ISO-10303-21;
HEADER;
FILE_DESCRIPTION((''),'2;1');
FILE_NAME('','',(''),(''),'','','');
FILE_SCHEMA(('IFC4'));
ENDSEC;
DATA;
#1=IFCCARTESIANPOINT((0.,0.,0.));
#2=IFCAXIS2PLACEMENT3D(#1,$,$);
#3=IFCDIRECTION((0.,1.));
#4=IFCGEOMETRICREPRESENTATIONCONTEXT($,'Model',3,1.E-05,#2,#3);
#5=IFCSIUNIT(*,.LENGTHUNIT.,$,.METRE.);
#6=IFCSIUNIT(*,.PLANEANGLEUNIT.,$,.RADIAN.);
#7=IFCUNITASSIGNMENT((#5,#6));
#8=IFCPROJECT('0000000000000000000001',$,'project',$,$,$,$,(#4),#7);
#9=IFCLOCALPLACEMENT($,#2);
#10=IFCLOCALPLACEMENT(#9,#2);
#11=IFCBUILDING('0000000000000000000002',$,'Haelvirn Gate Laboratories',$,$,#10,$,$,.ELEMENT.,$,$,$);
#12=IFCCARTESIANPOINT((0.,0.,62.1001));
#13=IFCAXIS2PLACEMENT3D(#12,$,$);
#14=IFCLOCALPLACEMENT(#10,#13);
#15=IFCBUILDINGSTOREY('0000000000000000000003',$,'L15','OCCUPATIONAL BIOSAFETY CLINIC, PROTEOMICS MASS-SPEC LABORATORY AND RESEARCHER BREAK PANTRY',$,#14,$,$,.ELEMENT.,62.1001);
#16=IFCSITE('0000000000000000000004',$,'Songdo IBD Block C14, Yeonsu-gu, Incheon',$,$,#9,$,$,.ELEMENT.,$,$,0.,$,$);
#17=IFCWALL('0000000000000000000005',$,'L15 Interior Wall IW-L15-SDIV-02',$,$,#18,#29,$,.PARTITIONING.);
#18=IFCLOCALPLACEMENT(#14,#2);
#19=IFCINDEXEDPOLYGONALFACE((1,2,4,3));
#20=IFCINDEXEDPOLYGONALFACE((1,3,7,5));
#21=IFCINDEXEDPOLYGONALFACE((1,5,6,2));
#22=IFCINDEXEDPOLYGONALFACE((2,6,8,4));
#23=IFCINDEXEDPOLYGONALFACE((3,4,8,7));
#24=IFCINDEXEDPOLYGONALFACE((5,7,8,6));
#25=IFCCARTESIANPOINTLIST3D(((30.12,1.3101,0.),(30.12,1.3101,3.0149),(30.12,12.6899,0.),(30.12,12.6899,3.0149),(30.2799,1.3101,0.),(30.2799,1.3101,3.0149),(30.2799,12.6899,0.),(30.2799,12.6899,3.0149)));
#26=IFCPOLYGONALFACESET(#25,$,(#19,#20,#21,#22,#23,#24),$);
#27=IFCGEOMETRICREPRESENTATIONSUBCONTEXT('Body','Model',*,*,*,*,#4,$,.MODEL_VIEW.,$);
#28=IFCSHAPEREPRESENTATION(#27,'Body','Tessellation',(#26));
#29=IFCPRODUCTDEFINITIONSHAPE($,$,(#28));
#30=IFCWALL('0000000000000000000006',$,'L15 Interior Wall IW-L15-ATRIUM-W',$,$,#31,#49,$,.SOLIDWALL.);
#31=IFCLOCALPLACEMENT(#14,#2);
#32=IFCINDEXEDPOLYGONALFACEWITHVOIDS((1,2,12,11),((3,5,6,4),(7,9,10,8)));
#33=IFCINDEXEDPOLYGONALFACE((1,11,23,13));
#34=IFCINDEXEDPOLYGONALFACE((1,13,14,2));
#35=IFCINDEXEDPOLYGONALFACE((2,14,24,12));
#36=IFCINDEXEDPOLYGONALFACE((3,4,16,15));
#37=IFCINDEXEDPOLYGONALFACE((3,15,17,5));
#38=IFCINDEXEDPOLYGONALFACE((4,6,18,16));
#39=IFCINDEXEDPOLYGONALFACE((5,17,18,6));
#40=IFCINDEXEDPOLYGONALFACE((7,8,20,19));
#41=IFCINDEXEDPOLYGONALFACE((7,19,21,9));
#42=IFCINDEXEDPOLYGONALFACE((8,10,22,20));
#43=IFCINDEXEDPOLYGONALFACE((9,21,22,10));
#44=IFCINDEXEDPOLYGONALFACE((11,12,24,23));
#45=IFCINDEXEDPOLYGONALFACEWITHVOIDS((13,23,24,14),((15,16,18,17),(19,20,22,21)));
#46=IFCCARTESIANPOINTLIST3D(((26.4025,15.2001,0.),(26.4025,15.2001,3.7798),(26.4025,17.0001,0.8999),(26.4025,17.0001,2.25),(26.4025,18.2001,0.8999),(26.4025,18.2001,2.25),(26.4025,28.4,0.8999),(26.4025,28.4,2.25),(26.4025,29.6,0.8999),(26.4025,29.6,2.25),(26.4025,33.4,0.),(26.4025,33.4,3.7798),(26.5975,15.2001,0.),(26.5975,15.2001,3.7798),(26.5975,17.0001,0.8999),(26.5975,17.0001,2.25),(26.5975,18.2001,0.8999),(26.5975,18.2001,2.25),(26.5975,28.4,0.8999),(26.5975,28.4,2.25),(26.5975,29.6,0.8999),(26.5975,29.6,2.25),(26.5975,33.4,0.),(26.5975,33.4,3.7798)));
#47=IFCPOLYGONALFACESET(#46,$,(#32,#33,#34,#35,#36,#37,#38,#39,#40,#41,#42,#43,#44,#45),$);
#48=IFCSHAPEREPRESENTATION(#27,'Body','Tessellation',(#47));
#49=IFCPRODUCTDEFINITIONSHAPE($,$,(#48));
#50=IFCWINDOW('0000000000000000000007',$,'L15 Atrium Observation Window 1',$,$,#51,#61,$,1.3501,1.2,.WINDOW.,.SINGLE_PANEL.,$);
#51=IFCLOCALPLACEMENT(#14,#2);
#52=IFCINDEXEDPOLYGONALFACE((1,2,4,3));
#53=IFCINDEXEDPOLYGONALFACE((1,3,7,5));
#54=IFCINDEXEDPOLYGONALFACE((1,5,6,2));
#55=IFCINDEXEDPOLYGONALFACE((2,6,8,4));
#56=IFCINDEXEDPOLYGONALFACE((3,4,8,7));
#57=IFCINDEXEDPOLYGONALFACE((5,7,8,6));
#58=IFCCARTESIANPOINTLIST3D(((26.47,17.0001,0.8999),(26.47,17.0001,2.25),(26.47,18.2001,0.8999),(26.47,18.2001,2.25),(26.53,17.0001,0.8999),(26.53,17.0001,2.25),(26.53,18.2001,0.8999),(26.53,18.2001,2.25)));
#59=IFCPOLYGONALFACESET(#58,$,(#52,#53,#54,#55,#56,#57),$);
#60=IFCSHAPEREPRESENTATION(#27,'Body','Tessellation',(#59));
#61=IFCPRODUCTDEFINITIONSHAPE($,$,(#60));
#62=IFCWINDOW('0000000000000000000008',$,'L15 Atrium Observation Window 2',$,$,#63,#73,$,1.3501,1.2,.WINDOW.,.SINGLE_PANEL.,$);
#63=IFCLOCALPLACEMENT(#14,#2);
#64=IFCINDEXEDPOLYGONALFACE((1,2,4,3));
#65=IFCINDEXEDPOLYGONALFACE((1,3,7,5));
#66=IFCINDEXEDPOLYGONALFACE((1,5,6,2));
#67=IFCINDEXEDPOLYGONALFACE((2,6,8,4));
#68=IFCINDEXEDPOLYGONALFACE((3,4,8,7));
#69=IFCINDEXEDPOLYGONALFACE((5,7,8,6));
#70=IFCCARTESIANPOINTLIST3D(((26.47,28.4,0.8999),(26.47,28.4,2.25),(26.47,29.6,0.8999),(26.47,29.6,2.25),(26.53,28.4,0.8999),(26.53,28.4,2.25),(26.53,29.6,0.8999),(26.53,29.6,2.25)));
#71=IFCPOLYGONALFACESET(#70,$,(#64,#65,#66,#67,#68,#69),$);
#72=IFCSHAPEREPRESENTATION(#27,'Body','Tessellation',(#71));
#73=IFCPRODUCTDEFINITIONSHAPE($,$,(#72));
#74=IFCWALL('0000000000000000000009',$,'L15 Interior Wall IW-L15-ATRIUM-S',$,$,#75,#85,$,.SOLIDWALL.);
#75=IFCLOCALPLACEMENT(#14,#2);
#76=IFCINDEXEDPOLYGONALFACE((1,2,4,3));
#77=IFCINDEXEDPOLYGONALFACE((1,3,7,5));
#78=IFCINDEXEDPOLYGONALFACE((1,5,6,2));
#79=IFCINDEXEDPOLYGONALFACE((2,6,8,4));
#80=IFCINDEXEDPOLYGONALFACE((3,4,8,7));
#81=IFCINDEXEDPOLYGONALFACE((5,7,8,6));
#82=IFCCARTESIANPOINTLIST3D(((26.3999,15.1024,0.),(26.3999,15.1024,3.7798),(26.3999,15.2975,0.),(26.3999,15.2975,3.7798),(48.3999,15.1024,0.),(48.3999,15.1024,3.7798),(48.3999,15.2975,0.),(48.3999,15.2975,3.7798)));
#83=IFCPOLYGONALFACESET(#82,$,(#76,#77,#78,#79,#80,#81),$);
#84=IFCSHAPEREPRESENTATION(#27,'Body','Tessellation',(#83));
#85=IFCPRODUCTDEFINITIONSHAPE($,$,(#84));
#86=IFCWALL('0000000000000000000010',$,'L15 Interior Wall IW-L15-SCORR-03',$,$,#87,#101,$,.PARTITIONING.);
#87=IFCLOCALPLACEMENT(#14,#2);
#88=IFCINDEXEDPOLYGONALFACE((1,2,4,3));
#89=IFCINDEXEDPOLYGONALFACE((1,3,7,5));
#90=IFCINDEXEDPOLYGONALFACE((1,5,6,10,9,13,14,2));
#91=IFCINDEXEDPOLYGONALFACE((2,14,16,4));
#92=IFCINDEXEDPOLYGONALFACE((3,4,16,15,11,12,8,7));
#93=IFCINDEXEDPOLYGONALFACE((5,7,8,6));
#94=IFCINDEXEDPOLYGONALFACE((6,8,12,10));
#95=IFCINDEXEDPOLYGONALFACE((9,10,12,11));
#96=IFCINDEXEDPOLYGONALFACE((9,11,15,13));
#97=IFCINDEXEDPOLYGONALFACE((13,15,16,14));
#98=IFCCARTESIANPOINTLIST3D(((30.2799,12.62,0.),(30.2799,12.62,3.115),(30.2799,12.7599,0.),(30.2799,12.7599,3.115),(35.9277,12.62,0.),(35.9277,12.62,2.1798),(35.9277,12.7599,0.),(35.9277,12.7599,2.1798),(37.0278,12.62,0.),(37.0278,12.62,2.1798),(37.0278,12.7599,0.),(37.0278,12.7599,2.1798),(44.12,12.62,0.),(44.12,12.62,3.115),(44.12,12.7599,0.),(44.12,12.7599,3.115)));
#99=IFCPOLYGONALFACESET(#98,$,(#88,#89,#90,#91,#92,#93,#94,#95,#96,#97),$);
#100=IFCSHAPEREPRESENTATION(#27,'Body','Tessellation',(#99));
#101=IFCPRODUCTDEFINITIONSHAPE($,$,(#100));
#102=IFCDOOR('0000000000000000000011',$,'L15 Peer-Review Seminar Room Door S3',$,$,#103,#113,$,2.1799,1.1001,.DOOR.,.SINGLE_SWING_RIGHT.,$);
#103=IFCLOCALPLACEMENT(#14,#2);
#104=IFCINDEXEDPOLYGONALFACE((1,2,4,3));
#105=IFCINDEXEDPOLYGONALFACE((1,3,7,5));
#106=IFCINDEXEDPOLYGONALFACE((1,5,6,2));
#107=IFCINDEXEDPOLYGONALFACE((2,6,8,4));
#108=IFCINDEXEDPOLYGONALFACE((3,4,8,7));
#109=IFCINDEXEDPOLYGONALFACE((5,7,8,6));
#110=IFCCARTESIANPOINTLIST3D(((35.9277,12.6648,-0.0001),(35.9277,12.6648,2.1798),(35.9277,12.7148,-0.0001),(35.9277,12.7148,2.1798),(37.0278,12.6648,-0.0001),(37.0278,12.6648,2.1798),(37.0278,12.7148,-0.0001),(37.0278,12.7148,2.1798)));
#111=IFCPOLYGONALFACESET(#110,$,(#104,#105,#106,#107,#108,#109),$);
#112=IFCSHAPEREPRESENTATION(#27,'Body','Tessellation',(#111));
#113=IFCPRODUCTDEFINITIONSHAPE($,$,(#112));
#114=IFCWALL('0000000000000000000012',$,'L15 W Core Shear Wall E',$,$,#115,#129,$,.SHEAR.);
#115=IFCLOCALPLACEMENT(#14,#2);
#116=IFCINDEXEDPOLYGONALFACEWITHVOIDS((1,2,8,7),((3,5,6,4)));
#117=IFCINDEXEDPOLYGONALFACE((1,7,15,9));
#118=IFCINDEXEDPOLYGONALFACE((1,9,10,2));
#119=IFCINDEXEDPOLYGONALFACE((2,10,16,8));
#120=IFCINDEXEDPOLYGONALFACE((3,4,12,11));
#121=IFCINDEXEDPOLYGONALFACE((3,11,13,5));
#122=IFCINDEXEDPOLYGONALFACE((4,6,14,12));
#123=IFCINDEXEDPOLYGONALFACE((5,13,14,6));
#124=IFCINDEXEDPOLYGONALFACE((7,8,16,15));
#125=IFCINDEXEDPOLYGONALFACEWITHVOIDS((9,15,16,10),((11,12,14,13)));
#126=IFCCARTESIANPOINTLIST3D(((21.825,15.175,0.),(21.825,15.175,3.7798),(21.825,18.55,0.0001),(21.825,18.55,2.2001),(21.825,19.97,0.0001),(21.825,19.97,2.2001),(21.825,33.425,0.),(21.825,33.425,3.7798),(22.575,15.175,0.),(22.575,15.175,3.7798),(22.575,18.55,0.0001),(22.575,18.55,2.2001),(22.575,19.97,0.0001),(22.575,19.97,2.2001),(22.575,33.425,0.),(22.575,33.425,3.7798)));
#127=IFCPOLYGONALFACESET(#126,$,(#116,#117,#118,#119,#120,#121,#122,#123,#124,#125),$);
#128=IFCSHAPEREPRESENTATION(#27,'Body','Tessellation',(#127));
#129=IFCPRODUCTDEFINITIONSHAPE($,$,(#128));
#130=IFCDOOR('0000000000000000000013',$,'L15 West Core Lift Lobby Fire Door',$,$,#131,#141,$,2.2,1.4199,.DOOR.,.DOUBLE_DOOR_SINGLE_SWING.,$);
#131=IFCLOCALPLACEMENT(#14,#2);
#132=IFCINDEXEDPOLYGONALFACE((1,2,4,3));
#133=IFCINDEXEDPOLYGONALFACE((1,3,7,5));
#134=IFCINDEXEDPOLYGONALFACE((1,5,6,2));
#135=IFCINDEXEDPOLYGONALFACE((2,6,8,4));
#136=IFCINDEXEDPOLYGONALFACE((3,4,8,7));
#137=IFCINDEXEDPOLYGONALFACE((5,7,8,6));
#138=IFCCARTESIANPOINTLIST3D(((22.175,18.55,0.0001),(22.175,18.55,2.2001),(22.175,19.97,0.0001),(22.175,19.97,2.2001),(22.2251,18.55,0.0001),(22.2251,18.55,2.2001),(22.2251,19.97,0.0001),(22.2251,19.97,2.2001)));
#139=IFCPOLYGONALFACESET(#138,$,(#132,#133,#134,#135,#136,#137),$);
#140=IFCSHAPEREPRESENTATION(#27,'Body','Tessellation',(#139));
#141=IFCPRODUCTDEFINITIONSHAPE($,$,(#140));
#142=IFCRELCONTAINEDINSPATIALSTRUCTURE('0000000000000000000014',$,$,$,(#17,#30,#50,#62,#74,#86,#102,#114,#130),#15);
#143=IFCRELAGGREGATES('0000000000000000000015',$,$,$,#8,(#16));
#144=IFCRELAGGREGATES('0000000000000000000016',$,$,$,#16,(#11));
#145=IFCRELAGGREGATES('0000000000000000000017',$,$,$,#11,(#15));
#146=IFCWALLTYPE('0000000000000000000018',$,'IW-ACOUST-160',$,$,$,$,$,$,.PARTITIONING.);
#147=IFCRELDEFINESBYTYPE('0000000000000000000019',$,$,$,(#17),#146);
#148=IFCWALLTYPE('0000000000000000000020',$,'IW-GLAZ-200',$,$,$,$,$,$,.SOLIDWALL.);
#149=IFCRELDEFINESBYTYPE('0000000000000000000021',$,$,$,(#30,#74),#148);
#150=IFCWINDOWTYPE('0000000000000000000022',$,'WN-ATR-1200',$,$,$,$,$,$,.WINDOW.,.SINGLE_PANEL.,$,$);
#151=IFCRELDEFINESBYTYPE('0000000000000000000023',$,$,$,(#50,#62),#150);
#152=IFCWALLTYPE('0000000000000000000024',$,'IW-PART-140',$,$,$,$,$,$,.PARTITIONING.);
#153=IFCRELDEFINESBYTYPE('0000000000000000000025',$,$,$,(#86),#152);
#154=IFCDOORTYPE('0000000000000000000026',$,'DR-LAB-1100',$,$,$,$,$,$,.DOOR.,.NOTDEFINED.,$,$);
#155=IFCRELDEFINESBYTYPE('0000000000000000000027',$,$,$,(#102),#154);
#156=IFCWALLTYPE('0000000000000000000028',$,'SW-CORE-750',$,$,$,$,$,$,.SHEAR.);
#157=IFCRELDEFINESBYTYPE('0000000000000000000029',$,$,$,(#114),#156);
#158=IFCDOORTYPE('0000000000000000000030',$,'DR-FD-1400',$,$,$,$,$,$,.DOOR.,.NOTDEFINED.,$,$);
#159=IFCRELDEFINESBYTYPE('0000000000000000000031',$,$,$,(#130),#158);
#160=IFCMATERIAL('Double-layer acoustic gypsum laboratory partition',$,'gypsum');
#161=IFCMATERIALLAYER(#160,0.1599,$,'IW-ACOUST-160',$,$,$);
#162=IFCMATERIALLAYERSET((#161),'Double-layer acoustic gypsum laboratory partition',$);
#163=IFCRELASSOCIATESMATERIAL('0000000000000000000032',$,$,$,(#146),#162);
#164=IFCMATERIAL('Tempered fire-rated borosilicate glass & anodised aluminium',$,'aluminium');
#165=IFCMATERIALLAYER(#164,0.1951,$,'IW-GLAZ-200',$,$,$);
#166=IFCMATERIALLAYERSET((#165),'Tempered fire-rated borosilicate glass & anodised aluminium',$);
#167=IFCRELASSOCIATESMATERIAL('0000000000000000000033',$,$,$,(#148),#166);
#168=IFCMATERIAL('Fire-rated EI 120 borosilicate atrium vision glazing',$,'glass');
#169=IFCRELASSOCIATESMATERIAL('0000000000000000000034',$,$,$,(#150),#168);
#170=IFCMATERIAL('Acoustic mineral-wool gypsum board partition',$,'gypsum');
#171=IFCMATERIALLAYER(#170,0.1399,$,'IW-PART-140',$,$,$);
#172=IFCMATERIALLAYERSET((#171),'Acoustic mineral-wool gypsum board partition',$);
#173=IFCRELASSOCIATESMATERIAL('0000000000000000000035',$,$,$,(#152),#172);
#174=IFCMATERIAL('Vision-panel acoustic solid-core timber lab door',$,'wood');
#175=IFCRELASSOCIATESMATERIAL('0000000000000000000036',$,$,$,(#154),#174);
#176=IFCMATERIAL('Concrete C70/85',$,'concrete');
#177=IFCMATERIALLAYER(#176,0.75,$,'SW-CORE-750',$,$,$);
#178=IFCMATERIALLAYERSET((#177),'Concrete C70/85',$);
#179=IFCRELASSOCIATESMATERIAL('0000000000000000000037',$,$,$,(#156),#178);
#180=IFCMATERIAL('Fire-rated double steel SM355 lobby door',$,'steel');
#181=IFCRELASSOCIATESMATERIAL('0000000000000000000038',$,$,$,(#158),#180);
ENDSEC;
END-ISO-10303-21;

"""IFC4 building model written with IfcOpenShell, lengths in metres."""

from ifc_helpers import new_model, si_unit, direction, frame, frame_2d, origin, place, context, subcontext, project, spatial, rectangle, extrude, source, transform, mapped, material, layer, layer_set, type_object, type_shapes, element, fill, save


model = new_model("IFC4")

# Units and contexts
model_context = context("Model", 3, precision=1e-05, world=origin(), true_north=direction((0.0, 1.0)))
body_context = subcontext(model_context, "Body", "Model", "MODEL_VIEW")
ifc_project = project(units=[si_unit("LENGTHUNIT", "METRE"), si_unit("PLANEANGLEUNIT", "RADIAN")], contexts=[model_context])

# Site, building, storey
site_placement = place(None, origin())
site = spatial("IfcSite", under=ifc_project, at=site_placement, Name="Songdo IBD Block C14, Yeonsu-gu, Incheon", CompositionType="ELEMENT", RefElevation=0.0)
building_placement = place(site_placement, origin())
building = spatial("IfcBuilding", under=site, at=building_placement, Name="Haelvirn Gate Laboratories", CompositionType="ELEMENT")
storey_placement = place(building_placement, frame((0.0, 0.0, 62.1001)))
storey = spatial("IfcBuildingStorey", under=building, at=storey_placement, Name="L15", Description="OCCUPATIONAL BIOSAFETY CLINIC, PROTEOMICS MASS-SPEC LABORATORY AND RESEARCHER BREAK PANTRY", CompositionType="ELEMENT", Elevation=62.1001)

# Shared definitions
ifc_material_1 = material(Name="Concrete C70/85", Category="concrete")

# Wall
ifc_material_2 = material(Name="Double-layer acoustic gypsum laboratory partition", Category="gypsum")
ifc_layer_1 = layer(ifc_material_2, 0.1599, Name="IW-ACOUST-160")
ifc_layer_set_1 = layer_set([ifc_layer_1], Name="Double-layer acoustic gypsum laboratory partition")
wall_type_1 = type_object("IfcWallType", Name="IW-ACOUST-160", PredefinedType="PARTITIONING", material=ifc_layer_set_1)
wall_1_placement = place(storey_placement, frame((30.2, 1.3101, 0.0), z_axis=(0.0, 0.0, 1.0), x_axis=(0.0, 1.0, 0.0)))
element("IfcWall", 1, at=wall_1_placement, inside=storey, type_object=wall_type_1, Name="L15 Interior Wall IW-L15-SDIV-02", PredefinedType="PARTITIONING", context=body_context, shape_type="SweptSolid", body=[
    extrude(rectangle(XDim=11.3799, YDim=0.1599, at=frame_2d((5.6899, 0.0))), origin(), (0.0, 0.0, 1.0), 3.0149),
])

# Wall, openings, windows
ifc_material_3 = material(Name="Tempered fire-rated borosilicate glass & anodised aluminium", Category="aluminium")
ifc_layer_2 = layer(ifc_material_3, 0.1951, Name="IW-GLAZ-200")
ifc_layer_set_2 = layer_set([ifc_layer_2], Name="Tempered fire-rated borosilicate glass & anodised aluminium")
wall_type_2 = type_object("IfcWallType", Name="IW-GLAZ-200", PredefinedType="SOLIDWALL", material=ifc_layer_set_2)
wall_2_placement = place(storey_placement, frame((26.5, 15.2, 0.0), z_axis=(0.0, 0.0, 1.0), x_axis=(0.0, 1.0, 0.0)))
wall_2 = element("IfcWall", 2, at=wall_2_placement, inside=storey, type_object=wall_type_2, Name="L15 Interior Wall IW-L15-ATRIUM-W", PredefinedType="SOLIDWALL", context=body_context, shape_type="SweptSolid", body=[
    extrude(rectangle(XDim=18.2, YDim=0.1951, at=frame_2d((9.1001, 0.0))), origin(), (0.0, 0.0, 1.0), 3.7798),
])
opening_1_placement = place(wall_2_placement, frame((1.8, 0.0, 0.8999)))
opening_1 = element("IfcOpeningElement", 3, at=opening_1_placement, cuts=wall_2, PredefinedType="OPENING", context=body_context, shape_type="SweptSolid", body=[
    extrude(rectangle(XDim=1.2, YDim=1.3501, at=frame_2d((0.6001, 0.675))), frame((0.0, 0.1074, 0.0), z_axis=(0.0, -1.0, 0.0), x_axis=(1.0, 0.0, 0.0)), (0.0, 0.0, 1.0), 0.2151),
])
opening_2_placement = place(wall_2_placement, frame((13.2, 0.0, 0.8999)))
opening_2 = element("IfcOpeningElement", 4, at=opening_2_placement, cuts=wall_2, PredefinedType="OPENING", context=body_context, shape_type="SweptSolid", body=[
    extrude(rectangle(XDim=1.2, YDim=1.3501, at=frame_2d((0.6001, 0.675))), frame((0.0, 0.1074, 0.0), z_axis=(0.0, -1.0, 0.0), x_axis=(1.0, 0.0, 0.0)), (0.0, 0.0, 1.0), 0.2151),
])
ifc_material_4 = material(Name="Fire-rated EI 120 borosilicate atrium vision glazing", Category="glass")
window_type = type_object("IfcWindowType", Name="WN-ATR-1200", PartitioningType="SINGLE_PANEL", PredefinedType="WINDOW", material=ifc_material_4)
shared_shape_1 = source(origin(), body_context, "Body", "SweptSolid", [
    extrude(rectangle(XDim=1.2, YDim=1.3501, at=frame_2d((0.6001, 0.675))), frame((0.0, 0.03, 0.0), z_axis=(0.0, -1.0, 0.0), x_axis=(1.0, 0.0, 0.0)), (0.0, 0.0, 1.0), 0.0601),
])
type_shapes(window_type, [shared_shape_1])
window_1_placement = place(opening_1_placement, origin())
window_1 = element("IfcWindow", 5, at=window_1_placement, inside=storey, type_object=window_type, Name="L15 Atrium Observation Window 1", OverallHeight=1.3501, OverallWidth=1.2, PartitioningType="SINGLE_PANEL", PredefinedType="WINDOW", context=body_context, shape_type="MappedRepresentation", body=[
    mapped(shared_shape_1, transform((0.0, 0.0, 0.0), scale=1.0)),
])
fill(opening_1, window_1)
window_2_placement = place(opening_2_placement, origin())
window_2 = element("IfcWindow", 6, at=window_2_placement, inside=storey, type_object=window_type, Name="L15 Atrium Observation Window 2", OverallHeight=1.3501, OverallWidth=1.2, PartitioningType="SINGLE_PANEL", PredefinedType="WINDOW", context=body_context, shape_type="MappedRepresentation", body=[
    mapped(shared_shape_1, transform((0.0, 0.0, 0.0), scale=1.0)),
])
fill(opening_2, window_2)

# Wall
wall_3_placement = place(storey_placement, frame((26.3999, 15.2, 0.0), z_axis=(0.0, 0.0, 1.0), x_axis=(1.0, 0.0, 0.0)))
element("IfcWall", 7, at=wall_3_placement, inside=storey, type_object=wall_type_2, Name="L15 Interior Wall IW-L15-ATRIUM-S", PredefinedType="SOLIDWALL", context=body_context, shape_type="SweptSolid", body=[
    extrude(rectangle(XDim=22.0, YDim=0.1951, at=frame_2d((11.0, 0.0))), origin(), (0.0, 0.0, 1.0), 3.7798),
])

# Walls, openings, doors
ifc_material_5 = material(Name="Acoustic mineral-wool gypsum board partition", Category="gypsum")
ifc_layer_3 = layer(ifc_material_5, 0.1399, Name="IW-PART-140")
ifc_layer_set_3 = layer_set([ifc_layer_3], Name="Acoustic mineral-wool gypsum board partition")
wall_type_3 = type_object("IfcWallType", Name="IW-PART-140", PredefinedType="PARTITIONING", material=ifc_layer_set_3)
wall_4_placement = place(storey_placement, frame((30.28, 12.6899, 0.0), z_axis=(0.0, 0.0, 1.0), x_axis=(1.0, 0.0, 0.0)))
wall_4 = element("IfcWall", 8, at=wall_4_placement, inside=storey, type_object=wall_type_3, Name="L15 Interior Wall IW-L15-SCORR-03", PredefinedType="PARTITIONING", context=body_context, shape_type="SweptSolid", body=[
    extrude(rectangle(XDim=13.8401, YDim=0.1399, at=frame_2d((6.9199, 0.0))), origin(), (0.0, 0.0, 1.0), 3.115),
])
opening_3_placement = place(wall_4_placement, frame((5.6477, 0.0, 0.0)))
opening_3 = element("IfcOpeningElement", 9, at=opening_3_placement, cuts=wall_4, PredefinedType="OPENING", context=body_context, shape_type="SweptSolid", body=[
    extrude(rectangle(XDim=1.1001, YDim=2.1799, at=frame_2d((0.55, 1.0898))), frame((0.0, 0.0801, 0.0), z_axis=(0.0, -1.0, 0.0), x_axis=(1.0, 0.0, 0.0)), (0.0, 0.0, 1.0), 0.1599),
])
ifc_material_6 = material(Name="Vision-panel acoustic solid-core timber lab door", Category="wood")
door_type_1 = type_object("IfcDoorType", Name="DR-LAB-1100", OperationType="NOTDEFINED", PredefinedType="DOOR", material=ifc_material_6)
shared_shape_2 = source(origin(), body_context, "Body", "SweptSolid", [
    extrude(rectangle(XDim=1.1001, YDim=2.1799, at=frame_2d((0.55, 1.0898))), frame((0.0, 0.0249, 0.0), z_axis=(0.0, -1.0, 0.0), x_axis=(1.0, 0.0, 0.0)), (0.0, 0.0, 1.0), 0.05),
])
type_shapes(door_type_1, [shared_shape_2])
door_1_placement = place(opening_3_placement, origin())
door_1 = element("IfcDoor", 10, at=door_1_placement, inside=storey, type_object=door_type_1, Name="L15 Peer-Review Seminar Room Door S3", OperationType="SINGLE_SWING_RIGHT", OverallHeight=2.1799, OverallWidth=1.1001, PredefinedType="DOOR", context=body_context, shape_type="MappedRepresentation", body=[
    mapped(shared_shape_2, transform((0.0, 0.0, 0.0), scale=1.0)),
])
fill(opening_3, door_1)
ifc_layer_4 = layer(ifc_material_1, 0.75, Name="SW-CORE-750")
ifc_layer_set_4 = layer_set([ifc_layer_4], Name="Concrete C70/85")
wall_type_4 = type_object("IfcWallType", Name="SW-CORE-750", PredefinedType="SHEAR", material=ifc_layer_set_4)
wall_5_placement = place(storey_placement, frame((22.2, 15.175, 0.0), z_axis=(0.0, 0.0, 1.0), x_axis=(0.0, 1.0, 0.0)))
wall_5 = element("IfcWall", 11, at=wall_5_placement, inside=storey, type_object=wall_type_4, Name="L15 W Core Shear Wall E", PredefinedType="SHEAR", context=body_context, shape_type="SweptSolid", body=[
    extrude(rectangle(XDim=18.25, YDim=0.75, at=frame_2d((9.125, 0.0))), origin(), (0.0, 0.0, 1.0), 3.7798),
])
opening_4_placement = place(wall_5_placement, frame((3.375, 0.0, 0.0)))
opening_4 = element("IfcOpeningElement", 12, at=opening_4_placement, cuts=wall_5, PredefinedType="OPENING", context=body_context, shape_type="SweptSolid", body=[
    extrude(rectangle(XDim=1.4199, YDim=2.2, at=frame_2d((0.71, 1.1001))), frame((0.0, 0.385, 0.0), z_axis=(0.0, -1.0, 0.0), x_axis=(1.0, 0.0, 0.0)), (0.0, 0.0, 1.0), 0.77),
])
ifc_material_7 = material(Name="Fire-rated double steel SM355 lobby door", Category="steel")
door_type_2 = type_object("IfcDoorType", Name="DR-FD-1400", OperationType="NOTDEFINED", PredefinedType="DOOR", material=ifc_material_7)
shared_shape_3 = source(origin(), body_context, "Body", "SweptSolid", [
    extrude(rectangle(XDim=1.4199, YDim=2.2, at=frame_2d((0.71, 1.1001))), frame((0.0, 0.0249, 0.0), z_axis=(0.0, -1.0, 0.0), x_axis=(1.0, 0.0, 0.0)), (0.0, 0.0, 1.0), 0.05),
])
type_shapes(door_type_2, [shared_shape_3])
door_2_placement = place(opening_4_placement, origin())
door_2 = element("IfcDoor", 13, at=door_2_placement, inside=storey, type_object=door_type_2, Name="L15 West Core Lift Lobby Fire Door", OperationType="DOUBLE_DOOR_SINGLE_SWING", OverallHeight=2.2, OverallWidth=1.4199, PredefinedType="DOOR", context=body_context, shape_type="MappedRepresentation", body=[
    mapped(shared_shape_3, transform((0.0, 0.0, 0.0), scale=1.0)),
])
fill(opening_4, door_2)

save(model, "model.ifc")
